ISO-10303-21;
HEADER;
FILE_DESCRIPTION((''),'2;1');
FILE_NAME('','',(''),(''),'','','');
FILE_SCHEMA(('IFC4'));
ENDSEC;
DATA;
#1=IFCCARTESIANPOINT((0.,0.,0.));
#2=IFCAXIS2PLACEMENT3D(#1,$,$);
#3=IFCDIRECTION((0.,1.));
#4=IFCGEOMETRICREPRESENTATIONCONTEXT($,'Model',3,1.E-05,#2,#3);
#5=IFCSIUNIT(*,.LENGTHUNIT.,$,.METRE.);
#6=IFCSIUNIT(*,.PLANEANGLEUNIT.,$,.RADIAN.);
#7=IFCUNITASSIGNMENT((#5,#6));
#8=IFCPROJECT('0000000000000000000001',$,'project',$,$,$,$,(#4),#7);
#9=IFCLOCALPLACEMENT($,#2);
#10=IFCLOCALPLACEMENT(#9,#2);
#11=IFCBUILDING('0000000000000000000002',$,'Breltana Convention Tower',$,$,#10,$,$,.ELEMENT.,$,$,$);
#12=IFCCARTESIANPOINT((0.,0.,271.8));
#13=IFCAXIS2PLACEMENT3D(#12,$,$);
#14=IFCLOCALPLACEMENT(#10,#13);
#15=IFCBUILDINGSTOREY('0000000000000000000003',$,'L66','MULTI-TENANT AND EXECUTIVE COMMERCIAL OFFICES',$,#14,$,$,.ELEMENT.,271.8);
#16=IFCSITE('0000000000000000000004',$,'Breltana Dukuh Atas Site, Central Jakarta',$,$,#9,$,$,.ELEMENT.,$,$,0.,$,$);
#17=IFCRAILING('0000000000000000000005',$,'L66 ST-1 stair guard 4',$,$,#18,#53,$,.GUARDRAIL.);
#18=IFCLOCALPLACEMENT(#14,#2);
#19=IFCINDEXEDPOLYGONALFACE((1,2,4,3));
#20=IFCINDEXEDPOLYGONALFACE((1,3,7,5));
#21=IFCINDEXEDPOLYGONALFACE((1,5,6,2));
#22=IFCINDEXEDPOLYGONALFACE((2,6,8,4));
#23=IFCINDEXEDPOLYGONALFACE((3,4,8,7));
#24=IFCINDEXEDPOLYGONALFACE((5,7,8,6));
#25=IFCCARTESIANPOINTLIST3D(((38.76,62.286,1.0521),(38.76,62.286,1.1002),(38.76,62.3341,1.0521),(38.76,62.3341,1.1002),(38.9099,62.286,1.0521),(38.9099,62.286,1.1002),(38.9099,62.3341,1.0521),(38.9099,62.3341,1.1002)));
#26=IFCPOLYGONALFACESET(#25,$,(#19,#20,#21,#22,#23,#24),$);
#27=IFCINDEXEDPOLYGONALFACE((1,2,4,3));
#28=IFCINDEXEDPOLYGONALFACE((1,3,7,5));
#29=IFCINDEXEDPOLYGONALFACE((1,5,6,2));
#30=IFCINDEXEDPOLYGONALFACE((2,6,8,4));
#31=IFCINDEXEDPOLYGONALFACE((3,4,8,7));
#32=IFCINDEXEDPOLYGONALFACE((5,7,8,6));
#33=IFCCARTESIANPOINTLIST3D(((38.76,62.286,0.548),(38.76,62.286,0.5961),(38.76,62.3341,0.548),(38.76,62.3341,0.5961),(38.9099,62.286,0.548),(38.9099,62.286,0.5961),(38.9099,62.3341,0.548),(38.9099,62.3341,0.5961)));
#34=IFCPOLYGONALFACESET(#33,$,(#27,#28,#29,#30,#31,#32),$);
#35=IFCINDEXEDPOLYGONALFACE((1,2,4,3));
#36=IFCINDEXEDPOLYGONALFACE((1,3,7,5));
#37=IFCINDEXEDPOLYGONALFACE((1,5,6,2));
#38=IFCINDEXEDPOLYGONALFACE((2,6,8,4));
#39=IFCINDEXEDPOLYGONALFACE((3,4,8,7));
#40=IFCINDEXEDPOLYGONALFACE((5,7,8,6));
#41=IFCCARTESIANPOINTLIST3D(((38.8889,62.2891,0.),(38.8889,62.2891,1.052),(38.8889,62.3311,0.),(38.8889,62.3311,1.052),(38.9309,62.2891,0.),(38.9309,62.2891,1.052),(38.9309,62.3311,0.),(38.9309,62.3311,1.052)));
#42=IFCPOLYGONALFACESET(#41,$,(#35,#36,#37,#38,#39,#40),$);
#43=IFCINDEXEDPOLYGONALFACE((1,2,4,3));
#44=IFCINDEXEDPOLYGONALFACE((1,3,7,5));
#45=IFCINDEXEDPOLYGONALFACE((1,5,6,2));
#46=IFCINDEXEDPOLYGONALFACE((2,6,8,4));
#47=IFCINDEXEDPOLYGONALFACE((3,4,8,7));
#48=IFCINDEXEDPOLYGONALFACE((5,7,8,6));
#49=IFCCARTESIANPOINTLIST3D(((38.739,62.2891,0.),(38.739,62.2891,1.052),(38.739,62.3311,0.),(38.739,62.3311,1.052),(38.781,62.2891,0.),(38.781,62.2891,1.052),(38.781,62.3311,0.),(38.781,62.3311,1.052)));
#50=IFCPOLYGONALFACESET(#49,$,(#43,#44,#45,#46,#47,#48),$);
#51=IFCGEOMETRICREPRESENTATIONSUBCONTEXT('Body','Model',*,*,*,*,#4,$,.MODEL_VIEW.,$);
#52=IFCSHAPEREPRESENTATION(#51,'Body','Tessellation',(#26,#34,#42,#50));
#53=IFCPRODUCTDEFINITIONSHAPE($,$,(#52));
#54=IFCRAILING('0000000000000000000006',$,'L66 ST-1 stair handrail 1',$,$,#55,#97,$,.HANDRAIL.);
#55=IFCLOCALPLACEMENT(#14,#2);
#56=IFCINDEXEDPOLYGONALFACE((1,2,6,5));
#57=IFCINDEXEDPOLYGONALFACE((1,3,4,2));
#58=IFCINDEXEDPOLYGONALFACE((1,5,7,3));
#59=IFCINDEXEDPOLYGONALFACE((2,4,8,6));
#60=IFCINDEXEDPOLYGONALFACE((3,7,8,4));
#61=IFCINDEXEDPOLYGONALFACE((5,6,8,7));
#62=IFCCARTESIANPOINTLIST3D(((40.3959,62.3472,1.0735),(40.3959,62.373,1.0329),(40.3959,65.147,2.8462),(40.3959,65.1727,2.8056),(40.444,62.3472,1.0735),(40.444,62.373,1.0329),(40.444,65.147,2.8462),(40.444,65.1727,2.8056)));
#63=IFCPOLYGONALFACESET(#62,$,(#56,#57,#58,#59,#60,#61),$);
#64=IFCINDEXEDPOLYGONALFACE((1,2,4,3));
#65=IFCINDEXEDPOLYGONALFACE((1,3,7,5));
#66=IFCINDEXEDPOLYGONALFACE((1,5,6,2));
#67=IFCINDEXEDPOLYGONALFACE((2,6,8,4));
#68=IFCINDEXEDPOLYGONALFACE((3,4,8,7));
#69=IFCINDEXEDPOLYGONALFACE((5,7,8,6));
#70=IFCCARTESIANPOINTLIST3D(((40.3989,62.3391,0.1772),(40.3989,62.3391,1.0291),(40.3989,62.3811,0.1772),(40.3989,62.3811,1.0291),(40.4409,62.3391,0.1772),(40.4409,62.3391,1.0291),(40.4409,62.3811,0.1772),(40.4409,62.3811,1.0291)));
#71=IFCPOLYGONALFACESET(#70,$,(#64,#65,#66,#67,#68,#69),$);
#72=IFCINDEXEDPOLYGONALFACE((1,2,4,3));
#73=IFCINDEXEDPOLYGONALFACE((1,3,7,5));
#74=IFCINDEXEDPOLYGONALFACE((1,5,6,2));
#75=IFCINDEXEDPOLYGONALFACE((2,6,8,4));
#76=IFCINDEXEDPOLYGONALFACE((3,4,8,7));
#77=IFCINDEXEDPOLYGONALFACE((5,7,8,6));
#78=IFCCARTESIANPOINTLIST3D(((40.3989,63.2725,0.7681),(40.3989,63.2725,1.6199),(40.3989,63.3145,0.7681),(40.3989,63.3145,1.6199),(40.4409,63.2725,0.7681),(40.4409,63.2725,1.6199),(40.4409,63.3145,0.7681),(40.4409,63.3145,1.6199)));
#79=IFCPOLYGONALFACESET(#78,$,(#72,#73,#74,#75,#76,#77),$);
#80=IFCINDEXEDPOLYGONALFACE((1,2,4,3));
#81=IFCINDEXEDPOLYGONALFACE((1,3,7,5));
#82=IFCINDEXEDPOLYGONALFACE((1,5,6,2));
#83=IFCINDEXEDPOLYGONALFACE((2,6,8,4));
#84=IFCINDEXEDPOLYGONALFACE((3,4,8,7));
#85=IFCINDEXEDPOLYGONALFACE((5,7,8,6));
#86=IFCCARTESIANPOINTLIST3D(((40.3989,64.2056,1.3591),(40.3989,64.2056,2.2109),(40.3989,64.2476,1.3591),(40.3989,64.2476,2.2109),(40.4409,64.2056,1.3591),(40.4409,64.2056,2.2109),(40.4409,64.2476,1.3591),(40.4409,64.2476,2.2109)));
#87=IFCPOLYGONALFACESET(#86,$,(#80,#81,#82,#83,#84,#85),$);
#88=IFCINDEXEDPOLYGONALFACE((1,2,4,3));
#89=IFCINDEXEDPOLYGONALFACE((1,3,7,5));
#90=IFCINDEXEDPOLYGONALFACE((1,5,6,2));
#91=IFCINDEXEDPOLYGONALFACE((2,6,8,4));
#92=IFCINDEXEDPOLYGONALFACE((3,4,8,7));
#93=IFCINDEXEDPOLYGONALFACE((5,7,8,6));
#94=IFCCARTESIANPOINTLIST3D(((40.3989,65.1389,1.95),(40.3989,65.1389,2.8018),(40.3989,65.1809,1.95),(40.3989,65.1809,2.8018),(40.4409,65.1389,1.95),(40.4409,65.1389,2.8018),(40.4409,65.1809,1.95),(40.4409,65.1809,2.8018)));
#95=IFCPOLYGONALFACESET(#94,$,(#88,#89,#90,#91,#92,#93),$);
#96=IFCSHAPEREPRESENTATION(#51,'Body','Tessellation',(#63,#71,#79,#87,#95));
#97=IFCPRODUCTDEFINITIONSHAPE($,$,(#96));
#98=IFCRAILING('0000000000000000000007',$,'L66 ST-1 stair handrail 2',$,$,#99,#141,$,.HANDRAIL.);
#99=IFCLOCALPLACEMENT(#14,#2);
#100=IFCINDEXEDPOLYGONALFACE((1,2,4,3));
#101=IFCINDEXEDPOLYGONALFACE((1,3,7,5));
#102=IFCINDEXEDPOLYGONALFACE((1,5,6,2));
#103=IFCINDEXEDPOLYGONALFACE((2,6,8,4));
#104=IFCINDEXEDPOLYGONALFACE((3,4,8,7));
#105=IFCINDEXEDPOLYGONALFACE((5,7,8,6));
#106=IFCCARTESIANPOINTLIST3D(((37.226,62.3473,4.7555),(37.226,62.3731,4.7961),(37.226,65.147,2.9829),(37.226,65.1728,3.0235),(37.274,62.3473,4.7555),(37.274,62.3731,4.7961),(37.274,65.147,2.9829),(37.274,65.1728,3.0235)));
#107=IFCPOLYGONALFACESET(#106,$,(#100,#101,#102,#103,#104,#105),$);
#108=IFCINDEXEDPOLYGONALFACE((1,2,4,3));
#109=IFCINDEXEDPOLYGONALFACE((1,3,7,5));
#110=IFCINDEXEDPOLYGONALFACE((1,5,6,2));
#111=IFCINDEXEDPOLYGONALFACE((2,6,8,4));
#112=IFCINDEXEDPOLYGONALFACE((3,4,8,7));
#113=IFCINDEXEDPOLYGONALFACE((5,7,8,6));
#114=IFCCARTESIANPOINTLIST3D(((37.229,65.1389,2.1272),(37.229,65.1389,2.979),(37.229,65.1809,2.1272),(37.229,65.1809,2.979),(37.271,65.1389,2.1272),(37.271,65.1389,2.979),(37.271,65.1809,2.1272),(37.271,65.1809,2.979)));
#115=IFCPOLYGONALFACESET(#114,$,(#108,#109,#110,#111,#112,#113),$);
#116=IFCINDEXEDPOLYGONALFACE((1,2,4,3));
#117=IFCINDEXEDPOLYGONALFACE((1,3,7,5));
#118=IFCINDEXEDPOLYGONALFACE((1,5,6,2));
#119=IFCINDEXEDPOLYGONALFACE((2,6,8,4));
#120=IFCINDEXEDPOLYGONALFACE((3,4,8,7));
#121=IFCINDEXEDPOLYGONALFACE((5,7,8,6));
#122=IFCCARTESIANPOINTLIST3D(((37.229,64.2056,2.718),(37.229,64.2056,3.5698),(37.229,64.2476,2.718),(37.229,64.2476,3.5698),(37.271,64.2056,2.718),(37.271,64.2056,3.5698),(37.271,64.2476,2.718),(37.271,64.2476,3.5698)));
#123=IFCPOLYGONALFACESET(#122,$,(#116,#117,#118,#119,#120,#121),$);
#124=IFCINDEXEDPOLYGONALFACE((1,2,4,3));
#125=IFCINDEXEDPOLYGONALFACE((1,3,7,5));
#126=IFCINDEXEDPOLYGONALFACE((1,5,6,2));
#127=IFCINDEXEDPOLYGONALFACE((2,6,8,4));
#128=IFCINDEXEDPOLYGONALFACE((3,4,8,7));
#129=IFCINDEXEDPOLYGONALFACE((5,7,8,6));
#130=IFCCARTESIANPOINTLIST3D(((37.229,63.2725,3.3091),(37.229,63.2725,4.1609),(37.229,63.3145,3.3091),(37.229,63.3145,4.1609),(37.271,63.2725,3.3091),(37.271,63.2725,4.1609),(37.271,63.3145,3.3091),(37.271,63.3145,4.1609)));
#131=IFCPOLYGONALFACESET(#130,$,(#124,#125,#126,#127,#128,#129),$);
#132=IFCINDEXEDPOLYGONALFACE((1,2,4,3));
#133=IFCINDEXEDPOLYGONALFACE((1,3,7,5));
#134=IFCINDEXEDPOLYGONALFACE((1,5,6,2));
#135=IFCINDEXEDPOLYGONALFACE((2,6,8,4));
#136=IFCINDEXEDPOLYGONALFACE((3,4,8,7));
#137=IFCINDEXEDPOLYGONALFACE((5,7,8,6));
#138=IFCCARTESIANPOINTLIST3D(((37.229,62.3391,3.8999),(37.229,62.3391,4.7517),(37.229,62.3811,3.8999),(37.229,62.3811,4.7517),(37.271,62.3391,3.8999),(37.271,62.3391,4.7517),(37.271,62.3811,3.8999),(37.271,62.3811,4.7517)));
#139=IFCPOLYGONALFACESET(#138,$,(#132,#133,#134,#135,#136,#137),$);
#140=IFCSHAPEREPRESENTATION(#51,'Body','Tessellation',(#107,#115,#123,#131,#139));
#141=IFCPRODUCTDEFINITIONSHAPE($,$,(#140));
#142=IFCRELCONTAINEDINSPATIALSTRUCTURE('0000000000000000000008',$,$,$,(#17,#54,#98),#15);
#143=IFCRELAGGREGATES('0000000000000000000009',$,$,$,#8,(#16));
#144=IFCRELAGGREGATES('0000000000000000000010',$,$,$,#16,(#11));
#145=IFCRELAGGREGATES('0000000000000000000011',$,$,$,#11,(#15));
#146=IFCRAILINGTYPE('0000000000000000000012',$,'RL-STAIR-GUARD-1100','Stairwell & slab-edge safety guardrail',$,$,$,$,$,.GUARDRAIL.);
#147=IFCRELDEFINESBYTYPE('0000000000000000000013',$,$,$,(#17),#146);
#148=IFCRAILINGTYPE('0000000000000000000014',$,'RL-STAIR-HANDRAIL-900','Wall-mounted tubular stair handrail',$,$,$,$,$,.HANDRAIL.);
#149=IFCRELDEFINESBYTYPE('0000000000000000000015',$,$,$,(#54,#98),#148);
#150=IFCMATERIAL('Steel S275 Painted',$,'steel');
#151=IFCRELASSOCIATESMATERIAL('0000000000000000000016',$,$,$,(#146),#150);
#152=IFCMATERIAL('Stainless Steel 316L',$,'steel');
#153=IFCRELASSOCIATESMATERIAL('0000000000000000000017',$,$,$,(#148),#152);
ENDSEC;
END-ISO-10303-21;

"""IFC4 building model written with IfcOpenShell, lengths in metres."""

from ifc_helpers import new_model, si_unit, direction, frame, origin, origin_2d, place, context, subcontext, project, spatial, rectangle, extrude, material, type_object, element, save


model = new_model("IFC4")

# Units and contexts
model_context = context("Model", 3, precision=1e-05, world=origin(), true_north=direction((0.0, 1.0)))
body_context = subcontext(model_context, "Body", "Model", "MODEL_VIEW")
ifc_project = project(units=[si_unit("LENGTHUNIT", "METRE"), si_unit("PLANEANGLEUNIT", "RADIAN")], contexts=[model_context])

# Site, building, storey
site_placement = place(None, origin())
site = spatial("IfcSite", under=ifc_project, at=site_placement, Name="Breltana Dukuh Atas Site, Central Jakarta", CompositionType="ELEMENT", RefElevation=0.0)
building_placement = place(site_placement, origin())
building = spatial("IfcBuilding", under=site, at=building_placement, Name="Breltana Convention Tower", CompositionType="ELEMENT")
storey_placement = place(building_placement, frame((0.0, 0.0, 271.8)))
storey = spatial("IfcBuildingStorey", under=building, at=storey_placement, Name="L66", Description="MULTI-TENANT AND EXECUTIVE COMMERCIAL OFFICES", CompositionType="ELEMENT", Elevation=271.8)

# Railings
ifc_material_1 = material(Name="Steel S275 Painted", Category="steel")
railing_type_1 = type_object("IfcRailingType", Name="RL-STAIR-GUARD-1100", Description="Stairwell & slab-edge safety guardrail", PredefinedType="GUARDRAIL", material=ifc_material_1)
railing_1_placement = place(storey_placement, frame((38.9099, 62.3101, 0.0)))
element("IfcRailing", 1, at=railing_1_placement, inside=storey, type_object=railing_type_1, Name="L66 ST-1 stair guard 4", PredefinedType="GUARDRAIL", context=body_context, shape_type="SweptSolid", body=[
    extrude(rectangle(XDim=0.0481, YDim=0.0481, at=origin_2d()), frame((0.0, 0.0, 1.0762), z_axis=(-1.0, 0.0, 0.0), x_axis=(0.0, -1.0, 0.0)), (0.0, 0.0, 1.0), 0.1499),
    extrude(rectangle(XDim=0.0481, YDim=0.0481, at=origin_2d()), frame((0.0, 0.0, 0.572), z_axis=(-1.0, 0.0, 0.0), x_axis=(0.0, -1.0, 0.0)), (0.0, 0.0, 1.0), 0.1499),
    extrude(rectangle(XDim=0.042, YDim=0.042, at=origin_2d()), origin(), (0.0, 0.0, 1.0), 1.052),
    extrude(rectangle(XDim=0.042, YDim=0.042, at=origin_2d()), frame((-0.1499, 0.0, 0.0)), (0.0, 0.0, 1.0), 1.052),
])
ifc_material_2 = material(Name="Stainless Steel 316L", Category="steel")
railing_type_2 = type_object("IfcRailingType", Name="RL-STAIR-HANDRAIL-900", Description="Wall-mounted tubular stair handrail", PredefinedType="HANDRAIL", material=ifc_material_2)
railing_2_placement = place(storey_placement, frame((40.4199, 62.3601, 0.1772)))
element("IfcRailing", 2, at=railing_2_placement, inside=storey, type_object=railing_type_2, Name="L66 ST-1 stair handrail 1", PredefinedType="HANDRAIL", context=body_context, shape_type="SweptSolid", body=[
    extrude(rectangle(XDim=0.0481, YDim=0.0481, at=origin_2d()), frame((0.0, 0.0, 0.876), z_axis=(0.0, 0.844888, 0.534943), x_axis=(-1.0, 0.0, 0.0)), (0.0, 0.0, 1.0), 3.3137),
    extrude(rectangle(XDim=0.042, YDim=0.042, at=origin_2d()), origin(), (0.0, 0.0, 1.0), 0.8518),
    extrude(rectangle(XDim=0.042, YDim=0.042, at=origin_2d()), frame((0.0, 0.9333, 0.5908)), (0.0, 0.0, 1.0), 0.8518),
    extrude(rectangle(XDim=0.042, YDim=0.042, at=origin_2d()), frame((0.0, 1.8665, 1.1819)), (0.0, 0.0, 1.0), 0.8518),
    extrude(rectangle(XDim=0.042, YDim=0.042, at=origin_2d()), frame((0.0, 2.7998, 1.7727)), (0.0, 0.0, 1.0), 0.8518),
])
railing_3_placement = place(storey_placement, frame((37.25, 65.1599, 2.1272)))
element("IfcRailing", 3, at=railing_3_placement, inside=storey, type_object=railing_type_2, Name="L66 ST-1 stair handrail 2", PredefinedType="HANDRAIL", context=body_context, shape_type="SweptSolid", body=[
    extrude(rectangle(XDim=0.0481, YDim=0.0481, at=origin_2d()), frame((0.0, 0.0, 0.876), z_axis=(0.0, -0.844888, 0.534943), x_axis=(1.0, 0.0, 0.0)), (0.0, 0.0, 1.0), 3.3137),
    extrude(rectangle(XDim=0.042, YDim=0.042, at=origin_2d()), origin(), (0.0, 0.0, 1.0), 0.8518),
    extrude(rectangle(XDim=0.042, YDim=0.042, at=origin_2d()), frame((0.0, -0.9333, 0.5908)), (0.0, 0.0, 1.0), 0.8518),
    extrude(rectangle(XDim=0.042, YDim=0.042, at=origin_2d()), frame((0.0, -1.8665, 1.1819)), (0.0, 0.0, 1.0), 0.8518),
    extrude(rectangle(XDim=0.042, YDim=0.042, at=origin_2d()), frame((0.0, -2.7998, 1.7727)), (0.0, 0.0, 1.0), 0.8518),
])

save(model, "model.ifc")
